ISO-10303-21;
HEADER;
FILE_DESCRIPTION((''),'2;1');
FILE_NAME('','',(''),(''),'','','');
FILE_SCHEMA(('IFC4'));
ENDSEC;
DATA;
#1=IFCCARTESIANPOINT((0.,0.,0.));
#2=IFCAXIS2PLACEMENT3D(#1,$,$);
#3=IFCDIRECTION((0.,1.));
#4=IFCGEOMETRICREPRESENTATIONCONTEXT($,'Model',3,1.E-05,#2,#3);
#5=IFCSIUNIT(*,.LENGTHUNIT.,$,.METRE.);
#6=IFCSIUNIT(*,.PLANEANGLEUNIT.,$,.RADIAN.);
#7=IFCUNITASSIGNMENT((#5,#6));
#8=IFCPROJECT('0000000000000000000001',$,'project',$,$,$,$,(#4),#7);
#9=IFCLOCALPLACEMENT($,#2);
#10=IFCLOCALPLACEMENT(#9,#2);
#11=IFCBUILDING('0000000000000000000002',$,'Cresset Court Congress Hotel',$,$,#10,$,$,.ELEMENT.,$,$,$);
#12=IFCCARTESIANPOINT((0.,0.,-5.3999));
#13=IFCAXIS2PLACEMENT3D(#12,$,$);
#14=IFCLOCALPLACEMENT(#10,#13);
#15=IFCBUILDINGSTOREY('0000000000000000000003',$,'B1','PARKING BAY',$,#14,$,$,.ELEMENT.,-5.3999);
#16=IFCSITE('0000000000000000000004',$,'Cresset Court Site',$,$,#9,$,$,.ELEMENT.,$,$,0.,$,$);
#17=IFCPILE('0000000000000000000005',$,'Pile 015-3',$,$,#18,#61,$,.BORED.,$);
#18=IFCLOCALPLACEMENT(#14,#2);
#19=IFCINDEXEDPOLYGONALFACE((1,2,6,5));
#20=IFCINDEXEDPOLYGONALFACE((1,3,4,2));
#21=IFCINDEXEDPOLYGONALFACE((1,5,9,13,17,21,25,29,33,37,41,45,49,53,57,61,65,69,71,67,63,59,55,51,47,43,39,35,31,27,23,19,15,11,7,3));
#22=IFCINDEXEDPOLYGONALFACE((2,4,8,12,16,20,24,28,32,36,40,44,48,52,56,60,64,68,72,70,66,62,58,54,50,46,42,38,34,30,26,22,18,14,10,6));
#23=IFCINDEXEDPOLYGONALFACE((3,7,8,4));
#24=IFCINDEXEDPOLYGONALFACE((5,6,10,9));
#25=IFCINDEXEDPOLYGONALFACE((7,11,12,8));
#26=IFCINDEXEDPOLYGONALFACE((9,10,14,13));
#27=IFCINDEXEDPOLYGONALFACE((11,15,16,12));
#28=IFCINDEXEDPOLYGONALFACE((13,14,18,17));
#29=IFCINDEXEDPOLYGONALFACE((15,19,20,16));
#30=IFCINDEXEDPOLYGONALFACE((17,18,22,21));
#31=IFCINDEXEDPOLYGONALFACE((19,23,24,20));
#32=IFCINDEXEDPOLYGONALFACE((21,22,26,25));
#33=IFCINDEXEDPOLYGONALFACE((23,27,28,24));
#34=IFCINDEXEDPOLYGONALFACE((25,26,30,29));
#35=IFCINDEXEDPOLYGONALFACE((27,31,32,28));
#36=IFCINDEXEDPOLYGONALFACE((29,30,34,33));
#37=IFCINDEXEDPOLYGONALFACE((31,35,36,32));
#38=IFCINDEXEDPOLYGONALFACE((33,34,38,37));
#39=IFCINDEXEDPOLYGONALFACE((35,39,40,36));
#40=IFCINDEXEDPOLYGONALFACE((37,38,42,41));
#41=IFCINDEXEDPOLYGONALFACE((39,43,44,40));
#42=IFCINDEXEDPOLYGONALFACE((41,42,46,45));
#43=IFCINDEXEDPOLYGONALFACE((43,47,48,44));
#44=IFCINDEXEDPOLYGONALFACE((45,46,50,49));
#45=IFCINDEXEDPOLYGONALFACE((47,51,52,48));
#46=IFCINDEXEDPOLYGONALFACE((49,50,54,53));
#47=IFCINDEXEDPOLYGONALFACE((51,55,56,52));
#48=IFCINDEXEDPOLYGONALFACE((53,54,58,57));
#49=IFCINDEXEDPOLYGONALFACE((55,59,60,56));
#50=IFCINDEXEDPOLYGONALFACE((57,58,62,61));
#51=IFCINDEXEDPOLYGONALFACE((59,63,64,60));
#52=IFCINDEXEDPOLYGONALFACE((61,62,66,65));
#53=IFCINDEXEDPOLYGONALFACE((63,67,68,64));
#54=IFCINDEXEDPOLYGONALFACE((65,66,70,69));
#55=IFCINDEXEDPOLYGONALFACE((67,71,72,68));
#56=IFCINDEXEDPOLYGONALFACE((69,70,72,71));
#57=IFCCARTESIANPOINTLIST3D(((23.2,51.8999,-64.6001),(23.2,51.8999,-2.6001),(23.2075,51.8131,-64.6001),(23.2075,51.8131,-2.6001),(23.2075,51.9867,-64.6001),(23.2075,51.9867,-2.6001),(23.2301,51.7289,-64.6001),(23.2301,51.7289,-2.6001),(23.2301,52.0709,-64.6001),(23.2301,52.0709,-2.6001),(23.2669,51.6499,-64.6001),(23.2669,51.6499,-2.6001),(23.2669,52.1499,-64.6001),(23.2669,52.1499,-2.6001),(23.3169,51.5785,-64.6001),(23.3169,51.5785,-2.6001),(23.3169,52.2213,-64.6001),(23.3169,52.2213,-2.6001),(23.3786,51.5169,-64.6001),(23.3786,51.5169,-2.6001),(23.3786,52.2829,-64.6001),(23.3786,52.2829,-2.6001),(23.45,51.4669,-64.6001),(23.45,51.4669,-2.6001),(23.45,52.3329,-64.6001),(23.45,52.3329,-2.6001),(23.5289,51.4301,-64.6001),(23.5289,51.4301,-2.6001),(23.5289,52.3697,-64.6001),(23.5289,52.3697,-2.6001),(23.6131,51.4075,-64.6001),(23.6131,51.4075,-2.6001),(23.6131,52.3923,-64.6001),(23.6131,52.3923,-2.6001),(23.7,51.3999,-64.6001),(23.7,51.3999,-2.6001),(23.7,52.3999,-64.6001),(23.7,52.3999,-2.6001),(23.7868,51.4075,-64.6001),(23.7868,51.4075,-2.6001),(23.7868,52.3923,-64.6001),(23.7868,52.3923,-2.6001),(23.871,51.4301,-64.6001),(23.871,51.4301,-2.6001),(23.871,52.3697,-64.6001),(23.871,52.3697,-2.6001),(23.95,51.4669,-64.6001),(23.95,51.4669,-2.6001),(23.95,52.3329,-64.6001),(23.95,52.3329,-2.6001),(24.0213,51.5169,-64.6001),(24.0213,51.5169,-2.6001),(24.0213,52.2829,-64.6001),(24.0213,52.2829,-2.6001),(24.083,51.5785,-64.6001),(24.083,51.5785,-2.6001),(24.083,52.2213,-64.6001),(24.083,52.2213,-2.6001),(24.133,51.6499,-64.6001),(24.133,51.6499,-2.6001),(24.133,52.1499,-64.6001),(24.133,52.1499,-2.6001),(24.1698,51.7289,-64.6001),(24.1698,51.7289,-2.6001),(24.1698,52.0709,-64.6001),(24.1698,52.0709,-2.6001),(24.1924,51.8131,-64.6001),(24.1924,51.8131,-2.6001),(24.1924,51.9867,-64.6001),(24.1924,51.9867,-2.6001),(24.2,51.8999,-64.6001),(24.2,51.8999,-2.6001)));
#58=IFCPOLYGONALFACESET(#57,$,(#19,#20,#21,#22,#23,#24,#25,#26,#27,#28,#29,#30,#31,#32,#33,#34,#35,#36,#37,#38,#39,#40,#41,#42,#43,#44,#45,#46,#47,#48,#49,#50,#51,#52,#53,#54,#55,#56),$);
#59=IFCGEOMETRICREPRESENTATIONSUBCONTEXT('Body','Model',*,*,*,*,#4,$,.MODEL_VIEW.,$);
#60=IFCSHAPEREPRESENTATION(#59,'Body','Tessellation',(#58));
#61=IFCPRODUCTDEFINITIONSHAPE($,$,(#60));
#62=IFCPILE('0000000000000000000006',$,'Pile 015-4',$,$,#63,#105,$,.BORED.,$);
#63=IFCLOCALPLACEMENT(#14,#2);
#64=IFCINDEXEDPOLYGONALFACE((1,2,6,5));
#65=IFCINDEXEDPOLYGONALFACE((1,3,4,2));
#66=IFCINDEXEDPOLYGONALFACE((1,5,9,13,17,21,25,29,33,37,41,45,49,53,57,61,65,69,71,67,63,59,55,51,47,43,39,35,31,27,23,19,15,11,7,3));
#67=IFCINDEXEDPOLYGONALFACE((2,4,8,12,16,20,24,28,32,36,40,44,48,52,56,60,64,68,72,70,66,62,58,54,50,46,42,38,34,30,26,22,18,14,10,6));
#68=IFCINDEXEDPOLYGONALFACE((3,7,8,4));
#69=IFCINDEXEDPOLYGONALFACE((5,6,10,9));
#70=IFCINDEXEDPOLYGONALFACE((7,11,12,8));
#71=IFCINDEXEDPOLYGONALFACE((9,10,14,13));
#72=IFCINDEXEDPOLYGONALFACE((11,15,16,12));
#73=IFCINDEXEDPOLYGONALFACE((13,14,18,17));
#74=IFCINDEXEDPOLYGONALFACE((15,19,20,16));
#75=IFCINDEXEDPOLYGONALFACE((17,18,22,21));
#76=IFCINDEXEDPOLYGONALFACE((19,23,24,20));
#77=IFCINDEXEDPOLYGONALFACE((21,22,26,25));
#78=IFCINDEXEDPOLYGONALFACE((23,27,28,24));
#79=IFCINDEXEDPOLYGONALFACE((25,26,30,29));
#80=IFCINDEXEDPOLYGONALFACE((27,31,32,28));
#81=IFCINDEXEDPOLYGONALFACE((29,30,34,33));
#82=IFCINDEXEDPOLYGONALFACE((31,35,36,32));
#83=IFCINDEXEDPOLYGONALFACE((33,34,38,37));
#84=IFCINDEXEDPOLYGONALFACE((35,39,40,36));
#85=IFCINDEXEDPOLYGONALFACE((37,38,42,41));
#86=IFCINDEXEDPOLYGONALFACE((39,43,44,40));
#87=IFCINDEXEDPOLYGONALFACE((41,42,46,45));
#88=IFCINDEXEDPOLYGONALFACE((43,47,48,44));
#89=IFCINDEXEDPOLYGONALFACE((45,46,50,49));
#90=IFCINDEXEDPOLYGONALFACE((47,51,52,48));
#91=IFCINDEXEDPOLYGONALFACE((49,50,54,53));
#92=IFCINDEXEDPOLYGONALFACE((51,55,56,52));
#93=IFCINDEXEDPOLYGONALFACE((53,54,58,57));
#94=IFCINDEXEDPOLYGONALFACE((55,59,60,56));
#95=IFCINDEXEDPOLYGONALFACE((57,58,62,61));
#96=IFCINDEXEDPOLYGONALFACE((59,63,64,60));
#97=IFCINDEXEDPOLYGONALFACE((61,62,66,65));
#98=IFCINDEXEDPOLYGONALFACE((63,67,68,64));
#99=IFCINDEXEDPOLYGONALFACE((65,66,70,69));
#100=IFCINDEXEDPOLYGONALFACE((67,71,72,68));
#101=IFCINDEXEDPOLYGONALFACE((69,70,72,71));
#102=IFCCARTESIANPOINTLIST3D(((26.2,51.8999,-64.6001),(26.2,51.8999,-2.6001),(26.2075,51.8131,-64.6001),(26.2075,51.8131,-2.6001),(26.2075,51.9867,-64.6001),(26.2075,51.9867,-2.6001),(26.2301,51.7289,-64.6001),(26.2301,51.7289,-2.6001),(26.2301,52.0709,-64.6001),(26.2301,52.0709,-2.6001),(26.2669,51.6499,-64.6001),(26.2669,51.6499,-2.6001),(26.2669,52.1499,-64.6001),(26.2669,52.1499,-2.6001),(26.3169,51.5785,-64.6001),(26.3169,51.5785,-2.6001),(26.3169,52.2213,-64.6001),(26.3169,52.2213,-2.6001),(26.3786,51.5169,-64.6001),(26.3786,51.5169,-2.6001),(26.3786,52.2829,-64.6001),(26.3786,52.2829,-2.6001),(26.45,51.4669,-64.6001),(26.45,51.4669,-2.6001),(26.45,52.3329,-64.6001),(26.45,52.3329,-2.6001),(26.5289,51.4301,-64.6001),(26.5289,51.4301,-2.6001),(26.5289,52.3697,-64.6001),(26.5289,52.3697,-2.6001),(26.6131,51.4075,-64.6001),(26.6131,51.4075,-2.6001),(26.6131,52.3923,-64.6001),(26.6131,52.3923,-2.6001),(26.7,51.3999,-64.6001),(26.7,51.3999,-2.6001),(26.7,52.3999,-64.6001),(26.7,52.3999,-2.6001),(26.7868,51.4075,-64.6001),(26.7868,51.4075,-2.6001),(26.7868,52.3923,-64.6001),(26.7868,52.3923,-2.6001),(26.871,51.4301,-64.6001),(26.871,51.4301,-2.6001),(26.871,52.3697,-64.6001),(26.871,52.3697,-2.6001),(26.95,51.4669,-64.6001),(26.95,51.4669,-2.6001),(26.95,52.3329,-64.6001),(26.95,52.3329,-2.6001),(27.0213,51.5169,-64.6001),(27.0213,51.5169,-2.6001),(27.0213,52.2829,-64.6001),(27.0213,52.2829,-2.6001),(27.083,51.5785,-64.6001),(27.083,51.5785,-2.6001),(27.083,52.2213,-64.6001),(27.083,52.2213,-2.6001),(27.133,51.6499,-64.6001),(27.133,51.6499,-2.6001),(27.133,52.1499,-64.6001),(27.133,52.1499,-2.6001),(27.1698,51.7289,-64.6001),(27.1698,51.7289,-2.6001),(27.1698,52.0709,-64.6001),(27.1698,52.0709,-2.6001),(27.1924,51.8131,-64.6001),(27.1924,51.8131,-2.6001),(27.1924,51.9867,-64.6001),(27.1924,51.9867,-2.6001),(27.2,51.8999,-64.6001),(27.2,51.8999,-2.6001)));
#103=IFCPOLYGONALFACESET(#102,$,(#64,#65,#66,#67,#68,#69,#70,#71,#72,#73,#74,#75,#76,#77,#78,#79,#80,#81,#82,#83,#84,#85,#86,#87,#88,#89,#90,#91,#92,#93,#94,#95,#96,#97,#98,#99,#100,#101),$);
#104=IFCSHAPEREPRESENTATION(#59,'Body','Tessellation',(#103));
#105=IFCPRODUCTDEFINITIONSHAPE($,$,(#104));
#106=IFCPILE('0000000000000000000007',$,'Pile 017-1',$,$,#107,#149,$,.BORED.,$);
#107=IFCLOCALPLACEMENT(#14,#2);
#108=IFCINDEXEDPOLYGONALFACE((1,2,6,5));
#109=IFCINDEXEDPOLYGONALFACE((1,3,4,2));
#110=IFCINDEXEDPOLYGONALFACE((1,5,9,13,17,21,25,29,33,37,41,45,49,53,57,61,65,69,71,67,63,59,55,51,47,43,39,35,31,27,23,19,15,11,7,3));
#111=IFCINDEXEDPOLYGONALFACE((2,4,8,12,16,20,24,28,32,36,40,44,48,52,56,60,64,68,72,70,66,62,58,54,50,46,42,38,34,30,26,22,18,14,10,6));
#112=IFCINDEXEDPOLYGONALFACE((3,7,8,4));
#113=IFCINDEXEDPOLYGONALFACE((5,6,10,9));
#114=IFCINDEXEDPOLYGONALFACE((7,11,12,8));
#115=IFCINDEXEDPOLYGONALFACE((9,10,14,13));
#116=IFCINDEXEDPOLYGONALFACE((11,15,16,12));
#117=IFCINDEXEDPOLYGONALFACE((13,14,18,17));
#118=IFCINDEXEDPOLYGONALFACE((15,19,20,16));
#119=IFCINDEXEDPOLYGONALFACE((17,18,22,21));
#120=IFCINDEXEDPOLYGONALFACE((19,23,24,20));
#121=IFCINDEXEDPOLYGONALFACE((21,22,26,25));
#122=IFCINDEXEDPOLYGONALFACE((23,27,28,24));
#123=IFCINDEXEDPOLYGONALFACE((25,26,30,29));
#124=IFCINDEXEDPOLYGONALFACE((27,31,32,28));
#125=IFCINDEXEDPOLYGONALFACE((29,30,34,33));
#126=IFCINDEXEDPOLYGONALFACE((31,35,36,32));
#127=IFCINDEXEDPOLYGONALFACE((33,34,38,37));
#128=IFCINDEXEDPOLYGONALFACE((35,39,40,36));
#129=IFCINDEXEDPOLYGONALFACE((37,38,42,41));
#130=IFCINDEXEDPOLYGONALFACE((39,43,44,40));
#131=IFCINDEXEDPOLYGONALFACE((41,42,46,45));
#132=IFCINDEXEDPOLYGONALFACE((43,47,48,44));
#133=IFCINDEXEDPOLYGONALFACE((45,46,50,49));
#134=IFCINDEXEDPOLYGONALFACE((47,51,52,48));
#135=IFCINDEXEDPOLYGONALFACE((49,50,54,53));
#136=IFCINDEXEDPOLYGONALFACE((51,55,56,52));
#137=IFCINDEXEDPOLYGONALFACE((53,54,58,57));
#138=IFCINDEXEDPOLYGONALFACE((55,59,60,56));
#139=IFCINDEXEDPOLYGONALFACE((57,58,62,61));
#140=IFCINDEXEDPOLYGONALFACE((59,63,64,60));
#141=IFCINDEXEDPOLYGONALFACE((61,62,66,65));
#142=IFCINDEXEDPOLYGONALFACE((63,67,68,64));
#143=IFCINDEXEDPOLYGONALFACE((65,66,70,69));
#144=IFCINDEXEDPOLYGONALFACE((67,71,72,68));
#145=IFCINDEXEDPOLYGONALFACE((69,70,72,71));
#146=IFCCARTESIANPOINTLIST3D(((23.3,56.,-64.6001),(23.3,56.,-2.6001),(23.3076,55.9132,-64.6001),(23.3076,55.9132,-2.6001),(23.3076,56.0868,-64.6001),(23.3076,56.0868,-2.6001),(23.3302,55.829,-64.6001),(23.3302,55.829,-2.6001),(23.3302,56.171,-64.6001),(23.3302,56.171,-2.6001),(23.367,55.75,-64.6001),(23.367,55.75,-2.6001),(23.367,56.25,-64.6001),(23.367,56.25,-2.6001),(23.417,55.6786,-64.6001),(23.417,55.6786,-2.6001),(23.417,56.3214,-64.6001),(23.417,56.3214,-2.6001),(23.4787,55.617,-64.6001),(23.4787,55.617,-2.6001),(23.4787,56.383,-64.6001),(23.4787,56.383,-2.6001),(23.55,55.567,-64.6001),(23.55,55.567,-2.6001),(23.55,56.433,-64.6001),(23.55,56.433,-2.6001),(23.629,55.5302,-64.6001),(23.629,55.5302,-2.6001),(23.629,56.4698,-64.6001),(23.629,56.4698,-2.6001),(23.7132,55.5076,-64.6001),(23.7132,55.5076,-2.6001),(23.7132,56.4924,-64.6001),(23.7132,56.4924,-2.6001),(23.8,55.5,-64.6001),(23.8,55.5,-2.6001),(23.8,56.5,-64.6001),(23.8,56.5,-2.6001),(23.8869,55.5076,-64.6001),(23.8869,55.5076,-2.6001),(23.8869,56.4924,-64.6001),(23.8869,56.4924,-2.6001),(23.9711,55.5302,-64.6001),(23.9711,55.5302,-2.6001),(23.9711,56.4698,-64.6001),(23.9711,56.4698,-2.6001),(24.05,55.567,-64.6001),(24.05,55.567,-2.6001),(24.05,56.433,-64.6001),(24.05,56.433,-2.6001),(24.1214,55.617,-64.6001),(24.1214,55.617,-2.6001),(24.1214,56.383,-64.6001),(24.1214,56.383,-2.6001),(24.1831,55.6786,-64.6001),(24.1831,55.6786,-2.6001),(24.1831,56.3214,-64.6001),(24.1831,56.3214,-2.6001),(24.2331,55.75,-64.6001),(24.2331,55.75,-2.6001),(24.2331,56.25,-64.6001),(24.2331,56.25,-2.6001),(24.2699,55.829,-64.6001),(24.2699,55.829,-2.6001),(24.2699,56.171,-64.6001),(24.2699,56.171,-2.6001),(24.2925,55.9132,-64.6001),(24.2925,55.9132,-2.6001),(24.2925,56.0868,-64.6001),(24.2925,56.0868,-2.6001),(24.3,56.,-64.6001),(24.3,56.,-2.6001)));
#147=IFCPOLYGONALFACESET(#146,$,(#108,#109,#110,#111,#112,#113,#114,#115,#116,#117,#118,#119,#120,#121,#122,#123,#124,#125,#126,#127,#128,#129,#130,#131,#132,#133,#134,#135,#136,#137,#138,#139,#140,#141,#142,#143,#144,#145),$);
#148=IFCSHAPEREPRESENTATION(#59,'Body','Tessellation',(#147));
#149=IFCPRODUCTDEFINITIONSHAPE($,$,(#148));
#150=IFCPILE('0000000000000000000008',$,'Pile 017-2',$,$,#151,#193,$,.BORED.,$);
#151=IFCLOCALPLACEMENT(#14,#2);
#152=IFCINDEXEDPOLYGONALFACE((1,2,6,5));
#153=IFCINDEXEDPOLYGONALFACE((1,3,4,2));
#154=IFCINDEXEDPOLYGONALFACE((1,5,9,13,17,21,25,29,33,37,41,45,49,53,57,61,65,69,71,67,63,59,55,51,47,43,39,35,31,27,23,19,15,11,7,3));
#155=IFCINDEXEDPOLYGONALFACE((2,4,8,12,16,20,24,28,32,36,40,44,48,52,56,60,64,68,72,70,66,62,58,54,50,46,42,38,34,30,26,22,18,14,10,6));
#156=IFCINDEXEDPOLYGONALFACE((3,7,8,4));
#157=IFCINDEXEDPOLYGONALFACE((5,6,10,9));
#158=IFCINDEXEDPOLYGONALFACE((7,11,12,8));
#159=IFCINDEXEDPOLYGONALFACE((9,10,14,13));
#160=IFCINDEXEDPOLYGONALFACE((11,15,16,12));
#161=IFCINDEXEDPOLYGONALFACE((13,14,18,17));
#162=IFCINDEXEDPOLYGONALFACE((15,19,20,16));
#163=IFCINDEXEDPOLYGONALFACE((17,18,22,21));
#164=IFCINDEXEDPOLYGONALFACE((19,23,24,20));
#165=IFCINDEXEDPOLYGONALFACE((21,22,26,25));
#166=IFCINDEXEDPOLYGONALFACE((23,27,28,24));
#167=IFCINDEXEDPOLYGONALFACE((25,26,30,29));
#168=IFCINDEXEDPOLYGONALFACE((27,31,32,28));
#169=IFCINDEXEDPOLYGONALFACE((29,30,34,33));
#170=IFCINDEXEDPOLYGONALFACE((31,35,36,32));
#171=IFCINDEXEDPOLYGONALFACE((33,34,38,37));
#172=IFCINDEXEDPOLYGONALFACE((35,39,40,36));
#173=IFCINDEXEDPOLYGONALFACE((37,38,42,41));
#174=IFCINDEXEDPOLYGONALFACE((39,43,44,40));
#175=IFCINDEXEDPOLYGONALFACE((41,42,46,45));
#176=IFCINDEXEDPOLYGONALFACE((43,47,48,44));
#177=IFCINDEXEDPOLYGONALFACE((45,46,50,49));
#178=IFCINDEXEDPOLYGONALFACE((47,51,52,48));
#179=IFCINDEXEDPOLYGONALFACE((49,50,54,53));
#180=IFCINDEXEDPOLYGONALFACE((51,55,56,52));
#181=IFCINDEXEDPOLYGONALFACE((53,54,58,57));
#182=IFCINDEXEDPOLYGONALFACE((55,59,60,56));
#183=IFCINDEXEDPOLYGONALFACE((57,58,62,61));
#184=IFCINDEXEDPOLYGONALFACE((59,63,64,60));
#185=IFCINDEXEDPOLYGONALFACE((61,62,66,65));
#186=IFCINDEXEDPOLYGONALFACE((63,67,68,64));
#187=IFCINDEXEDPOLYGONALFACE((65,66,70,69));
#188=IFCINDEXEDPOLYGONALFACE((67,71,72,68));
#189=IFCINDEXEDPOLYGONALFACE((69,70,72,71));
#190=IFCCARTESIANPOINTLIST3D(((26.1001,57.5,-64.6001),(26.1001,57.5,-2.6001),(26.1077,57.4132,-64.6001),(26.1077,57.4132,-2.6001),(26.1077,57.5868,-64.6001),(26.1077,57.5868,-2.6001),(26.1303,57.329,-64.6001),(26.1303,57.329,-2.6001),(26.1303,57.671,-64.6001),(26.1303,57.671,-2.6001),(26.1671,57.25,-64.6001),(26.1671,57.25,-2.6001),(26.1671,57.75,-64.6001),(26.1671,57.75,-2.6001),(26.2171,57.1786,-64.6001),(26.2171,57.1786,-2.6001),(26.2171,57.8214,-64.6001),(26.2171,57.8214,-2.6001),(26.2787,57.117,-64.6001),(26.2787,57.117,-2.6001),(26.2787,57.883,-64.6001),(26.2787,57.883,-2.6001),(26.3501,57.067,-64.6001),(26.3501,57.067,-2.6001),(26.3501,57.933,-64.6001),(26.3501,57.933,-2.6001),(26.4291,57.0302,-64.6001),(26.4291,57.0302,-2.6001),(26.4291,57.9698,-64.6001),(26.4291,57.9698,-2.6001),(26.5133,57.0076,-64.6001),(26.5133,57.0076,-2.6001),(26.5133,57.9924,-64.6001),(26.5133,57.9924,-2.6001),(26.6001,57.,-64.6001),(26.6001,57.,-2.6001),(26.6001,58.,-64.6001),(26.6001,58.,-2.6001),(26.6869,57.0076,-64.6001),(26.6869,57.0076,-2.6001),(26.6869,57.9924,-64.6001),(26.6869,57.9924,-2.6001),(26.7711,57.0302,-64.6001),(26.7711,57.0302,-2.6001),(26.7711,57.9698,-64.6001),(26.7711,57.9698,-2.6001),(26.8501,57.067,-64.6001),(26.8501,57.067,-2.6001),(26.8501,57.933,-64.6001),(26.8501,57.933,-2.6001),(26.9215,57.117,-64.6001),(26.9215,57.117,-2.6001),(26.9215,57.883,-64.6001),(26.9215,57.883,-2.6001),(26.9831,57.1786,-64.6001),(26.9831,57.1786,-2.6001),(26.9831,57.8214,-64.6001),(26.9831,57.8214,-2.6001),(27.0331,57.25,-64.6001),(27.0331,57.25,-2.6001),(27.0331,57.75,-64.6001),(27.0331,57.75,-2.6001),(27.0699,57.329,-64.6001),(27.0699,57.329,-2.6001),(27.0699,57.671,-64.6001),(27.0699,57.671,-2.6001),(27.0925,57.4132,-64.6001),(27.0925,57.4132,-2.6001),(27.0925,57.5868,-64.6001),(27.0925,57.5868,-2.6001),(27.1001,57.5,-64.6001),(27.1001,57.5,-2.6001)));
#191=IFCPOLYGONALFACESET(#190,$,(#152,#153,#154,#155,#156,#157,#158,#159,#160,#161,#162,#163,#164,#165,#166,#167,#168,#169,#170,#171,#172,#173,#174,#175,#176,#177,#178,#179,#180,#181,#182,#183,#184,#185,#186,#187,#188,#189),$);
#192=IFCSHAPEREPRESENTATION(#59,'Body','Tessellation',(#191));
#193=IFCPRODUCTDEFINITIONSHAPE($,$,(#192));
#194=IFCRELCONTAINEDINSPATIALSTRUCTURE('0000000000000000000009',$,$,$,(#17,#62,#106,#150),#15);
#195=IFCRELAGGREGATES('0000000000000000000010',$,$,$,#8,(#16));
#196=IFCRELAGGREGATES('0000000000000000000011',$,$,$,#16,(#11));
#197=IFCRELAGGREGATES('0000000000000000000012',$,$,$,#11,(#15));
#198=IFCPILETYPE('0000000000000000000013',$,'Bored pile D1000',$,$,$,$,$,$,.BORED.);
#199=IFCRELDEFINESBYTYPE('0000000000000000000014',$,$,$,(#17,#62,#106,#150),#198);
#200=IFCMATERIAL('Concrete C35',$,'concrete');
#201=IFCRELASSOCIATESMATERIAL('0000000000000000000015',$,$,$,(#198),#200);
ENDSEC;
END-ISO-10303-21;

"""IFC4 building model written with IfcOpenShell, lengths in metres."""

from ifc_helpers import new_model, si_unit, direction, frame, origin, origin_2d, place, context, subcontext, project, spatial, circle, extrude, material, type_object, element, save


model = new_model("IFC4")

# Units and contexts
model_context = context("Model", 3, precision=1e-05, world=origin(), true_north=direction((0.0, 1.0)))
body_context = subcontext(model_context, "Body", "Model", "MODEL_VIEW")
ifc_project = project(units=[si_unit("LENGTHUNIT", "METRE"), si_unit("PLANEANGLEUNIT", "RADIAN")], contexts=[model_context])

# Site, building, storey
site_placement = place(None, origin())
site = spatial("IfcSite", under=ifc_project, at=site_placement, Name="Cresset Court Site", CompositionType="ELEMENT", RefElevation=0.0)
building_placement = place(site_placement, origin())
building = spatial("IfcBuilding", under=site, at=building_placement, Name="Cresset Court Congress Hotel", CompositionType="ELEMENT")
storey_placement = place(building_placement, frame((0.0, 0.0, -5.3999)))
storey = spatial("IfcBuildingStorey", under=building, at=storey_placement, Name="B1", Description="PARKING BAY", CompositionType="ELEMENT", Elevation=-5.3999)

# Piles
ifc_material_1 = material(Name="Concrete C35", Category="concrete")
pile_type = type_object("IfcPileType", Name="Bored pile D1000", PredefinedType="BORED", material=ifc_material_1)
for number, where, z_axis, x_axis, name in (
    (1, (23.7, 51.8999, -2.6001), (0.0, 0.0, -1.0), (1.0, 0.0, 0.0), "Pile 015-3"),
    (2, (26.7, 51.8999, -2.6001), (0.0, 0.0, -1.0), (1.0, 0.0, 0.0), "Pile 015-4"),
    (3, (23.8, 56.0, -2.6001), (0.0, 0.0, -1.0), (1.0, 0.0, 0.0), "Pile 017-1"),
    (4, (26.6001, 57.5, -2.6001), (0.0, 0.0, -1.0), (1.0, 0.0, 0.0), "Pile 017-2"),
):
    element("IfcPile", number, at=place(storey_placement, frame(where, z_axis=z_axis, x_axis=x_axis)), inside=storey, type_object=pile_type, Name=name, PredefinedType="BORED", context=body_context, shape_type="SweptSolid", body=[
        extrude(circle(Radius=0.5, at=origin_2d()), origin(), (0.0, 0.0, 1.0), 62.0),
    ])

save(model, "model.ifc")
